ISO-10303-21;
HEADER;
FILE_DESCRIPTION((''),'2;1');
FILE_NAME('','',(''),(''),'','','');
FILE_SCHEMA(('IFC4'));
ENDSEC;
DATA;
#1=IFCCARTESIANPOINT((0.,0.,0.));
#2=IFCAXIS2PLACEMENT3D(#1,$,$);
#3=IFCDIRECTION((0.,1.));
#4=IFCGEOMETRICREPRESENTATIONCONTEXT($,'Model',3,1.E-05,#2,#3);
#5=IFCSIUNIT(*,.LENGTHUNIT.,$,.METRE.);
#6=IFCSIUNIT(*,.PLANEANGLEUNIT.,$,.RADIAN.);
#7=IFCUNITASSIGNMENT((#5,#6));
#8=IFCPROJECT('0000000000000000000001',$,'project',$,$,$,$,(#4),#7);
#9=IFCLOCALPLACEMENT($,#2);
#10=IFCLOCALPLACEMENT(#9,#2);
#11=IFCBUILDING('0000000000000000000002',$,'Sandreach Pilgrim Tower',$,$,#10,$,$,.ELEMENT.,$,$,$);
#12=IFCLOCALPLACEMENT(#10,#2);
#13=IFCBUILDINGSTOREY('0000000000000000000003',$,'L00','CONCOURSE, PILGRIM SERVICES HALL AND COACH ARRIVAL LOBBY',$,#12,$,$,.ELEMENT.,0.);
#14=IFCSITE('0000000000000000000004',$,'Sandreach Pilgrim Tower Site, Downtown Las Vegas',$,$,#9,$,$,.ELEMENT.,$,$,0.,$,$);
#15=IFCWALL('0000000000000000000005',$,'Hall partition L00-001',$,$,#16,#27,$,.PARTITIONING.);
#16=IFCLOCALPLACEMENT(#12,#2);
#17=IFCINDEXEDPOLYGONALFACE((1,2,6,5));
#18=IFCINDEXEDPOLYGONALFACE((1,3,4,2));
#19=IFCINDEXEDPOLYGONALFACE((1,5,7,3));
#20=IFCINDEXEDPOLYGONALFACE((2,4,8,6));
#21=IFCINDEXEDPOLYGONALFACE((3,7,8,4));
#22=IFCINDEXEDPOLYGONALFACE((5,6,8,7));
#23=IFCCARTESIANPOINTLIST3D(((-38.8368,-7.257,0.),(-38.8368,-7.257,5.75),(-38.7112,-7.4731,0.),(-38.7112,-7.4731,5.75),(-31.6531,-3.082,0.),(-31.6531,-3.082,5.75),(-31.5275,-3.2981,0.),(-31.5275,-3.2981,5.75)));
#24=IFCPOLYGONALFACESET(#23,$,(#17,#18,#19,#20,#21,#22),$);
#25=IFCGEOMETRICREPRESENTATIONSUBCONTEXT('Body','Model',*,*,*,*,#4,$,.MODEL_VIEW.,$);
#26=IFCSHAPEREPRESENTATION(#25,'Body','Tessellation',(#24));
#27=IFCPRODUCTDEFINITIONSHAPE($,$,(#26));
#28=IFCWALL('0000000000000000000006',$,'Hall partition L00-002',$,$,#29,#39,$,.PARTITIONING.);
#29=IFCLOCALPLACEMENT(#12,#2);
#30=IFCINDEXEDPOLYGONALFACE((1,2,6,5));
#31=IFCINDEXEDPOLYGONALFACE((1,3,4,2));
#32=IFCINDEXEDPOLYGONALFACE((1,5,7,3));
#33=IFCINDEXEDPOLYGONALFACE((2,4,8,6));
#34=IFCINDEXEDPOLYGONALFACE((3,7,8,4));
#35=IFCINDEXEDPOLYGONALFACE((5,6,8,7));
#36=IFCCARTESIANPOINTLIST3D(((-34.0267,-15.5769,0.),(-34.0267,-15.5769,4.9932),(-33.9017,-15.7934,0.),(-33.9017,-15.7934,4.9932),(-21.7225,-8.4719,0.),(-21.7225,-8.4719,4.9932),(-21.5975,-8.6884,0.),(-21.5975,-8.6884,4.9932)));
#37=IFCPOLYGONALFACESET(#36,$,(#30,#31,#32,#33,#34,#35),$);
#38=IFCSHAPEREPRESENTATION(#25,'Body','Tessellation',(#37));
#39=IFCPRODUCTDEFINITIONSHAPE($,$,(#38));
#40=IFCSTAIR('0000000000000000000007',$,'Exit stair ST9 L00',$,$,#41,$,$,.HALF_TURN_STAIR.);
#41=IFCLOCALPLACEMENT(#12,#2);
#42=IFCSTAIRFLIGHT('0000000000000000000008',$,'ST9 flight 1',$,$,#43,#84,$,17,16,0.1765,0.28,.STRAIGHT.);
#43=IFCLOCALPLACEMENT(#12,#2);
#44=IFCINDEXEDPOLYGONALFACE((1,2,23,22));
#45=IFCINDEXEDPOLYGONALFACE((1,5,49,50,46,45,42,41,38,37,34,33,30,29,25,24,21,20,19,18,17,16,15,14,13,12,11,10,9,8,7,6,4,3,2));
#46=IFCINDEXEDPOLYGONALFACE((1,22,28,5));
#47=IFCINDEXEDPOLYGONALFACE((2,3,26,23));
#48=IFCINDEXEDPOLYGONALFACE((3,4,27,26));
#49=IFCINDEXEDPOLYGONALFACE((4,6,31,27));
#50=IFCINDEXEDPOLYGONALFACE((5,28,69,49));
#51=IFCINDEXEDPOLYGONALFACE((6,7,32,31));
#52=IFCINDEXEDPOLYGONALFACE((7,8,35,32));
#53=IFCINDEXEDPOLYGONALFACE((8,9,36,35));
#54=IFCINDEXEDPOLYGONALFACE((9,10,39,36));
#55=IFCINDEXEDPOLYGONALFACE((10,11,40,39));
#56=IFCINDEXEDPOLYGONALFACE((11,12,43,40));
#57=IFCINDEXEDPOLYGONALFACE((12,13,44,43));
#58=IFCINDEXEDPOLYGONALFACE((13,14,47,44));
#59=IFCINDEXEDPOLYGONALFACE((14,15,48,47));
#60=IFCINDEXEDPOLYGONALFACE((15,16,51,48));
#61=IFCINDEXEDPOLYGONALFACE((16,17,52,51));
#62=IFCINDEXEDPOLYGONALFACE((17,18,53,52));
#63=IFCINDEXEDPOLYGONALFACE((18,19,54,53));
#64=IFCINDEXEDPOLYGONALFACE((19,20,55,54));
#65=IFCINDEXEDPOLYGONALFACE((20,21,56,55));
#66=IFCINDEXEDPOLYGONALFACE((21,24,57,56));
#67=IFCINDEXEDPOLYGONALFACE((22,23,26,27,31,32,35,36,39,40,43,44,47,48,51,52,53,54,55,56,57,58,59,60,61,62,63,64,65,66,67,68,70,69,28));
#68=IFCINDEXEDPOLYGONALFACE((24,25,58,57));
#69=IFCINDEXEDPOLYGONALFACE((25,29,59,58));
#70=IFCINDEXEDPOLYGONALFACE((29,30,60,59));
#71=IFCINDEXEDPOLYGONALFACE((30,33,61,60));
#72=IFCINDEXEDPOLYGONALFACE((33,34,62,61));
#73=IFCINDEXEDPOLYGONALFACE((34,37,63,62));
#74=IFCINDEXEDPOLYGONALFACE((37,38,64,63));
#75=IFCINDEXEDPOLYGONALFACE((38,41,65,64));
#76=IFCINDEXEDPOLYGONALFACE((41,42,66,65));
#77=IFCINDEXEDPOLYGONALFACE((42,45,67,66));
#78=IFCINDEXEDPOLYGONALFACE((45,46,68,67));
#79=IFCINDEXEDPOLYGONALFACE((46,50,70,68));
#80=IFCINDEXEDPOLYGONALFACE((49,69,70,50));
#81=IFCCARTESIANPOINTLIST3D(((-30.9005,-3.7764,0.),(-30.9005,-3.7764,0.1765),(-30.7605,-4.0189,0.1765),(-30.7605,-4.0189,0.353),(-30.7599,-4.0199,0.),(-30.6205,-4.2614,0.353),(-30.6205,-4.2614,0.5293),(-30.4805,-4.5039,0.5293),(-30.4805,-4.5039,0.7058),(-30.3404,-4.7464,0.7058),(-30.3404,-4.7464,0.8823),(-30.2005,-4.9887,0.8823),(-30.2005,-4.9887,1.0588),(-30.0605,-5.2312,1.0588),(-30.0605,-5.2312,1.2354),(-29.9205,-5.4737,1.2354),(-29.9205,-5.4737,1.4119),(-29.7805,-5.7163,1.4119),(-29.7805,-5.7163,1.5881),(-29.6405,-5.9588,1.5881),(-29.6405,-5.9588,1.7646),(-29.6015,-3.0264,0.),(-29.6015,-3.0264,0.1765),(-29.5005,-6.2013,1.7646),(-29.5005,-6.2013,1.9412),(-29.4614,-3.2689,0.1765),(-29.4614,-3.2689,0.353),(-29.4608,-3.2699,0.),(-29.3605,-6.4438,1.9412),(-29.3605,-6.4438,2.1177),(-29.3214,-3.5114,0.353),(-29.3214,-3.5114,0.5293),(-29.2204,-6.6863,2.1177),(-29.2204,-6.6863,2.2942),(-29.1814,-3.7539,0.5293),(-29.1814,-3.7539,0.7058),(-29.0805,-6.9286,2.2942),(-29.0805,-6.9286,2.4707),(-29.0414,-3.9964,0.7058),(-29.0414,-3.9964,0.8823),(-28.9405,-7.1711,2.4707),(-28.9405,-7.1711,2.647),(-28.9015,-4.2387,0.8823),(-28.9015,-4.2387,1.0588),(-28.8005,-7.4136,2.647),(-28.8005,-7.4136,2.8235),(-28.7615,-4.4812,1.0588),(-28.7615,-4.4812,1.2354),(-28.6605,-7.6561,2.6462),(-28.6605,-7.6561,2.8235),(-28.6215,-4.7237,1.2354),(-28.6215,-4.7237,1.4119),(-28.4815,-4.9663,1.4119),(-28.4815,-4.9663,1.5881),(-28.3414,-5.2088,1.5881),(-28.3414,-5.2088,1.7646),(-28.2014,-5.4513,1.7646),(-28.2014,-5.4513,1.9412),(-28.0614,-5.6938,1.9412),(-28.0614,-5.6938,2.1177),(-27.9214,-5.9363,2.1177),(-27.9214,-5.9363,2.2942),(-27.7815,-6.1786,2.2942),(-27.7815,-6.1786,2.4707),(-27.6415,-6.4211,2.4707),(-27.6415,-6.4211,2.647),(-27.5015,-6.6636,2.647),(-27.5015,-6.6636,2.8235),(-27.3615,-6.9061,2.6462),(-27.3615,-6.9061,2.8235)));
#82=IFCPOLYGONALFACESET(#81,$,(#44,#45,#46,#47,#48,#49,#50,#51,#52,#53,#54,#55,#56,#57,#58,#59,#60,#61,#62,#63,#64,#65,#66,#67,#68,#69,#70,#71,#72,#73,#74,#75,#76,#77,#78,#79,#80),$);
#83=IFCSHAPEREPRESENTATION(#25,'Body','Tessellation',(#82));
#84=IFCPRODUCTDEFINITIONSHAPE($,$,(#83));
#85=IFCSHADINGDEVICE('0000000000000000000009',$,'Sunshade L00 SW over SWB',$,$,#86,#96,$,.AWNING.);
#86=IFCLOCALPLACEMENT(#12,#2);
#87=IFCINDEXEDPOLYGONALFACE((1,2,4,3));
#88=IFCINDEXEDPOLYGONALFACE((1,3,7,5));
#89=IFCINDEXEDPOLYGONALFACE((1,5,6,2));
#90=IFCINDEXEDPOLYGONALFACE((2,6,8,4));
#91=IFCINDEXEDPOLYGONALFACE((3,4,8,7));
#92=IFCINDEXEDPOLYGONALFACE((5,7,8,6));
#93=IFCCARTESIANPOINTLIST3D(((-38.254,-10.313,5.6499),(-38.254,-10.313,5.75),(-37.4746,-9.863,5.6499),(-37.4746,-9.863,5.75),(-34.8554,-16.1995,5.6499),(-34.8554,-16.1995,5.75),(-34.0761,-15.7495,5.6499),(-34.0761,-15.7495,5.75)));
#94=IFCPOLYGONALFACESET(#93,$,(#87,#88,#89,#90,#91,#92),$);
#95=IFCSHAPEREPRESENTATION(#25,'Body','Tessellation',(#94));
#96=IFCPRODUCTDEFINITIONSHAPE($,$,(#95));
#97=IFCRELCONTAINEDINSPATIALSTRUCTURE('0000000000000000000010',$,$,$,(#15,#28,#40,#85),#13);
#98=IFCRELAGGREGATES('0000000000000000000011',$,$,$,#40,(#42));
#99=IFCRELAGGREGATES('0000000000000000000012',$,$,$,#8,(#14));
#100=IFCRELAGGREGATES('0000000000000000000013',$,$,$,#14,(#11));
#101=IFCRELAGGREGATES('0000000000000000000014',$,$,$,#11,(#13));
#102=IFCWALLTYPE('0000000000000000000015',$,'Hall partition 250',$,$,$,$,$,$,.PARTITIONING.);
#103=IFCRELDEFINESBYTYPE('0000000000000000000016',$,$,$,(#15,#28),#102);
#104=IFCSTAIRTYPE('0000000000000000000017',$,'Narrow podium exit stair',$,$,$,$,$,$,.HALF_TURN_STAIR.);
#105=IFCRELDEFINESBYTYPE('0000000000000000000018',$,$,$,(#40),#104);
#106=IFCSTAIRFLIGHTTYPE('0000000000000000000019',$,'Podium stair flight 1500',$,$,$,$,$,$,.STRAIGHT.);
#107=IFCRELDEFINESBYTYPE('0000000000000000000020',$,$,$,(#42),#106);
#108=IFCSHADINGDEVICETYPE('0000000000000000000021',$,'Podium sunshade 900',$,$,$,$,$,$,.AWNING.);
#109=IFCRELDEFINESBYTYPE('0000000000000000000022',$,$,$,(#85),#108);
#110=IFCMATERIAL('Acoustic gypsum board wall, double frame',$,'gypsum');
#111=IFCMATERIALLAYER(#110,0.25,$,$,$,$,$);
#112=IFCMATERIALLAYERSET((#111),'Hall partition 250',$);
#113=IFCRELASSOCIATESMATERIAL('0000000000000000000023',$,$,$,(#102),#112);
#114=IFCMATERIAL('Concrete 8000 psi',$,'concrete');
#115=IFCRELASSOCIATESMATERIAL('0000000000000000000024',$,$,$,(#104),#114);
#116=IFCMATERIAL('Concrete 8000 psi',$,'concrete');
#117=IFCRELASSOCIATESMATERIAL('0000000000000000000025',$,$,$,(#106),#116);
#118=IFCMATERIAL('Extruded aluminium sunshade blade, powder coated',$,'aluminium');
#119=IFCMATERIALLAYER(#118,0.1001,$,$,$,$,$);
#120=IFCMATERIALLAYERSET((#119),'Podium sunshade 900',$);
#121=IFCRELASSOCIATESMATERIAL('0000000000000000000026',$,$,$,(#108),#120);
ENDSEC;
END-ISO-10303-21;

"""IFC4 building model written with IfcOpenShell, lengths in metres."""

from ifc_helpers import new_model, si_unit, direction, frame, frame_2d, origin, origin_2d, place, context, subcontext, project, spatial, polyline, rectangle, outline, extrude, material, layer, layer_set, type_object, element, aggregate, save


model = new_model("IFC4")

# Units and contexts
model_context = context("Model", 3, precision=1e-05, world=origin(), true_north=direction((0.0, 1.0)))
body_context = subcontext(model_context, "Body", "Model", "MODEL_VIEW")
ifc_project = project(units=[si_unit("LENGTHUNIT", "METRE"), si_unit("PLANEANGLEUNIT", "RADIAN")], contexts=[model_context])

# Site, building, storey
site_placement = place(None, origin())
site = spatial("IfcSite", under=ifc_project, at=site_placement, Name="Sandreach Pilgrim Tower Site, Downtown Las Vegas", CompositionType="ELEMENT", RefElevation=0.0)
building_placement = place(site_placement, origin())
building = spatial("IfcBuilding", under=site, at=building_placement, Name="Sandreach Pilgrim Tower", CompositionType="ELEMENT")
storey_placement = place(building_placement, origin())
storey = spatial("IfcBuildingStorey", under=building, at=storey_placement, Name="L00", Description="CONCOURSE, PILGRIM SERVICES HALL AND COACH ARRIVAL LOBBY", CompositionType="ELEMENT", Elevation=0.0)

# Walls
ifc_material_1 = material(Name="Acoustic gypsum board wall, double frame", Category="gypsum")
ifc_layer_1 = layer(ifc_material_1, 0.25)
ifc_layer_set_1 = layer_set([ifc_layer_1], Name="Hall partition 250")
wall_type_1 = type_object("IfcWallType", Name="Hall partition 250", PredefinedType="PARTITIONING", material=ifc_layer_set_1)
wall_1_placement = place(storey_placement, frame((-38.7739, -7.365, 0.0), z_axis=(0.0, 0.0, 1.0), x_axis=(0.864591, 0.502476, 0.0)))
element("IfcWall", 1, at=wall_1_placement, inside=storey, type_object=wall_type_1, Name="Hall partition L00-001", PredefinedType="PARTITIONING", context=body_context, shape_type="SweptSolid", body=[
    extrude(rectangle(XDim=8.3088, YDim=0.25, at=frame_2d((4.1543, 0.0))), origin(), (0.0, 0.0, 1.0), 5.75),
])
wall_2_placement = place(storey_placement, frame((-33.9641, -15.6851, 0.0), z_axis=(0.0, 0.0, 1.0), x_axis=(0.86599, 0.500061, 0.0)))
element("IfcWall", 2, at=wall_2_placement, inside=storey, type_object=wall_type_1, Name="Hall partition L00-002", PredefinedType="PARTITIONING", context=body_context, shape_type="SweptSolid", body=[
    extrude(rectangle(XDim=14.2083, YDim=0.25, at=frame_2d((7.104, 0.0))), origin(), (0.0, 0.0, 1.0), 4.9932),
])

# Stair, stair flight
ifc_material_2 = material(Name="Concrete 8000 psi", Category="concrete")
stair_type = type_object("IfcStairType", Name="Narrow podium exit stair", PredefinedType="HALF_TURN_STAIR", material=ifc_material_2)
stair_placement = place(storey_placement, origin())
stair = element("IfcStair", 3, at=stair_placement, inside=storey, type_object=stair_type, Name="Exit stair ST9 L00", PredefinedType="HALF_TURN_STAIR")
ifc_material_3 = material(Name="Concrete 8000 psi", Category="concrete")
stair_flight_type = type_object("IfcStairFlightType", Name="Podium stair flight 1500", PredefinedType="STRAIGHT", material=ifc_material_3)
stair_flight_placement = place(storey_placement, frame((-30.251, -3.4014, 0.0), z_axis=(0.0, 0.0, 1.0), x_axis=(0.5, -0.866025, 0.0)))
stair_flight = element("IfcStairFlight", 4, at=stair_flight_placement, type_object=stair_flight_type, Name="ST9 flight 1", NumberOfRisers=17, NumberOfTreads=16, PredefinedType="STRAIGHT", RiserHeight=0.1765, TreadLength=0.28, context=body_context, shape_type="SweptSolid", body=[
    extrude(outline(polyline([(0.0, 0.0), (0.0, 0.1765), (0.28, 0.1765), (0.28, 0.353), (0.5601, 0.353), (0.5601, 0.5293), (0.8401, 0.5293), (0.8401, 0.7058), (1.1201, 0.7058), (1.1201, 0.8823), (1.3999, 0.8823), (1.3999, 1.0588), (1.6799, 1.0588), (1.6799, 1.2354), (1.96, 1.2354), (1.96, 1.4119), (2.24, 1.4119), (2.24, 1.5881), (2.52, 1.5881), (2.52, 1.7646), (2.8, 1.7646), (2.8, 1.9412), (3.0801, 1.9412), (3.0801, 2.1177), (3.3601, 2.1177), (3.3601, 2.2942), (3.6399, 2.2942), (3.6399, 2.4707), (3.9199, 2.4707), (3.9199, 2.647), (4.2, 2.647), (4.2, 2.8235), (4.48, 2.8235), (4.48, 3.0), (4.48, 2.6462), (0.2812, 0.0), (0.0, 0.0)])), frame((0.0, 0.75, 0.0), z_axis=(0.0, -1.0, 0.0), x_axis=(1.0, 0.0, 0.0)), (0.0, 0.0, 1.0), 1.5),
])
aggregate(stair, [stair_flight])

# Shading device
ifc_material_4 = material(Name="Extruded aluminium sunshade blade, powder coated", Category="aluminium")
ifc_layer_2 = layer(ifc_material_4, 0.1001)
ifc_layer_set_2 = layer_set([ifc_layer_2], Name="Podium sunshade 900")
shading_device_type = type_object("IfcShadingDeviceType", Name="Podium sunshade 900", PredefinedType="AWNING", material=ifc_layer_set_2)
shading_device_placement = place(storey_placement, frame((-36.165, -13.0312, 5.6499), z_axis=(0.0, 0.0, 1.0), x_axis=(-0.5, 0.866025, 0.0)))
element("IfcShadingDevice", 5, at=shading_device_placement, inside=storey, type_object=shading_device_type, Name="Sunshade L00 SW over SWB", PredefinedType="AWNING", context=body_context, shape_type="SweptSolid", body=[
    extrude(rectangle(XDim=6.7971, YDim=0.8999, at=origin_2d()), origin(), (0.0, 0.0, 1.0), 0.1001),
])

save(model, "model.ifc")
